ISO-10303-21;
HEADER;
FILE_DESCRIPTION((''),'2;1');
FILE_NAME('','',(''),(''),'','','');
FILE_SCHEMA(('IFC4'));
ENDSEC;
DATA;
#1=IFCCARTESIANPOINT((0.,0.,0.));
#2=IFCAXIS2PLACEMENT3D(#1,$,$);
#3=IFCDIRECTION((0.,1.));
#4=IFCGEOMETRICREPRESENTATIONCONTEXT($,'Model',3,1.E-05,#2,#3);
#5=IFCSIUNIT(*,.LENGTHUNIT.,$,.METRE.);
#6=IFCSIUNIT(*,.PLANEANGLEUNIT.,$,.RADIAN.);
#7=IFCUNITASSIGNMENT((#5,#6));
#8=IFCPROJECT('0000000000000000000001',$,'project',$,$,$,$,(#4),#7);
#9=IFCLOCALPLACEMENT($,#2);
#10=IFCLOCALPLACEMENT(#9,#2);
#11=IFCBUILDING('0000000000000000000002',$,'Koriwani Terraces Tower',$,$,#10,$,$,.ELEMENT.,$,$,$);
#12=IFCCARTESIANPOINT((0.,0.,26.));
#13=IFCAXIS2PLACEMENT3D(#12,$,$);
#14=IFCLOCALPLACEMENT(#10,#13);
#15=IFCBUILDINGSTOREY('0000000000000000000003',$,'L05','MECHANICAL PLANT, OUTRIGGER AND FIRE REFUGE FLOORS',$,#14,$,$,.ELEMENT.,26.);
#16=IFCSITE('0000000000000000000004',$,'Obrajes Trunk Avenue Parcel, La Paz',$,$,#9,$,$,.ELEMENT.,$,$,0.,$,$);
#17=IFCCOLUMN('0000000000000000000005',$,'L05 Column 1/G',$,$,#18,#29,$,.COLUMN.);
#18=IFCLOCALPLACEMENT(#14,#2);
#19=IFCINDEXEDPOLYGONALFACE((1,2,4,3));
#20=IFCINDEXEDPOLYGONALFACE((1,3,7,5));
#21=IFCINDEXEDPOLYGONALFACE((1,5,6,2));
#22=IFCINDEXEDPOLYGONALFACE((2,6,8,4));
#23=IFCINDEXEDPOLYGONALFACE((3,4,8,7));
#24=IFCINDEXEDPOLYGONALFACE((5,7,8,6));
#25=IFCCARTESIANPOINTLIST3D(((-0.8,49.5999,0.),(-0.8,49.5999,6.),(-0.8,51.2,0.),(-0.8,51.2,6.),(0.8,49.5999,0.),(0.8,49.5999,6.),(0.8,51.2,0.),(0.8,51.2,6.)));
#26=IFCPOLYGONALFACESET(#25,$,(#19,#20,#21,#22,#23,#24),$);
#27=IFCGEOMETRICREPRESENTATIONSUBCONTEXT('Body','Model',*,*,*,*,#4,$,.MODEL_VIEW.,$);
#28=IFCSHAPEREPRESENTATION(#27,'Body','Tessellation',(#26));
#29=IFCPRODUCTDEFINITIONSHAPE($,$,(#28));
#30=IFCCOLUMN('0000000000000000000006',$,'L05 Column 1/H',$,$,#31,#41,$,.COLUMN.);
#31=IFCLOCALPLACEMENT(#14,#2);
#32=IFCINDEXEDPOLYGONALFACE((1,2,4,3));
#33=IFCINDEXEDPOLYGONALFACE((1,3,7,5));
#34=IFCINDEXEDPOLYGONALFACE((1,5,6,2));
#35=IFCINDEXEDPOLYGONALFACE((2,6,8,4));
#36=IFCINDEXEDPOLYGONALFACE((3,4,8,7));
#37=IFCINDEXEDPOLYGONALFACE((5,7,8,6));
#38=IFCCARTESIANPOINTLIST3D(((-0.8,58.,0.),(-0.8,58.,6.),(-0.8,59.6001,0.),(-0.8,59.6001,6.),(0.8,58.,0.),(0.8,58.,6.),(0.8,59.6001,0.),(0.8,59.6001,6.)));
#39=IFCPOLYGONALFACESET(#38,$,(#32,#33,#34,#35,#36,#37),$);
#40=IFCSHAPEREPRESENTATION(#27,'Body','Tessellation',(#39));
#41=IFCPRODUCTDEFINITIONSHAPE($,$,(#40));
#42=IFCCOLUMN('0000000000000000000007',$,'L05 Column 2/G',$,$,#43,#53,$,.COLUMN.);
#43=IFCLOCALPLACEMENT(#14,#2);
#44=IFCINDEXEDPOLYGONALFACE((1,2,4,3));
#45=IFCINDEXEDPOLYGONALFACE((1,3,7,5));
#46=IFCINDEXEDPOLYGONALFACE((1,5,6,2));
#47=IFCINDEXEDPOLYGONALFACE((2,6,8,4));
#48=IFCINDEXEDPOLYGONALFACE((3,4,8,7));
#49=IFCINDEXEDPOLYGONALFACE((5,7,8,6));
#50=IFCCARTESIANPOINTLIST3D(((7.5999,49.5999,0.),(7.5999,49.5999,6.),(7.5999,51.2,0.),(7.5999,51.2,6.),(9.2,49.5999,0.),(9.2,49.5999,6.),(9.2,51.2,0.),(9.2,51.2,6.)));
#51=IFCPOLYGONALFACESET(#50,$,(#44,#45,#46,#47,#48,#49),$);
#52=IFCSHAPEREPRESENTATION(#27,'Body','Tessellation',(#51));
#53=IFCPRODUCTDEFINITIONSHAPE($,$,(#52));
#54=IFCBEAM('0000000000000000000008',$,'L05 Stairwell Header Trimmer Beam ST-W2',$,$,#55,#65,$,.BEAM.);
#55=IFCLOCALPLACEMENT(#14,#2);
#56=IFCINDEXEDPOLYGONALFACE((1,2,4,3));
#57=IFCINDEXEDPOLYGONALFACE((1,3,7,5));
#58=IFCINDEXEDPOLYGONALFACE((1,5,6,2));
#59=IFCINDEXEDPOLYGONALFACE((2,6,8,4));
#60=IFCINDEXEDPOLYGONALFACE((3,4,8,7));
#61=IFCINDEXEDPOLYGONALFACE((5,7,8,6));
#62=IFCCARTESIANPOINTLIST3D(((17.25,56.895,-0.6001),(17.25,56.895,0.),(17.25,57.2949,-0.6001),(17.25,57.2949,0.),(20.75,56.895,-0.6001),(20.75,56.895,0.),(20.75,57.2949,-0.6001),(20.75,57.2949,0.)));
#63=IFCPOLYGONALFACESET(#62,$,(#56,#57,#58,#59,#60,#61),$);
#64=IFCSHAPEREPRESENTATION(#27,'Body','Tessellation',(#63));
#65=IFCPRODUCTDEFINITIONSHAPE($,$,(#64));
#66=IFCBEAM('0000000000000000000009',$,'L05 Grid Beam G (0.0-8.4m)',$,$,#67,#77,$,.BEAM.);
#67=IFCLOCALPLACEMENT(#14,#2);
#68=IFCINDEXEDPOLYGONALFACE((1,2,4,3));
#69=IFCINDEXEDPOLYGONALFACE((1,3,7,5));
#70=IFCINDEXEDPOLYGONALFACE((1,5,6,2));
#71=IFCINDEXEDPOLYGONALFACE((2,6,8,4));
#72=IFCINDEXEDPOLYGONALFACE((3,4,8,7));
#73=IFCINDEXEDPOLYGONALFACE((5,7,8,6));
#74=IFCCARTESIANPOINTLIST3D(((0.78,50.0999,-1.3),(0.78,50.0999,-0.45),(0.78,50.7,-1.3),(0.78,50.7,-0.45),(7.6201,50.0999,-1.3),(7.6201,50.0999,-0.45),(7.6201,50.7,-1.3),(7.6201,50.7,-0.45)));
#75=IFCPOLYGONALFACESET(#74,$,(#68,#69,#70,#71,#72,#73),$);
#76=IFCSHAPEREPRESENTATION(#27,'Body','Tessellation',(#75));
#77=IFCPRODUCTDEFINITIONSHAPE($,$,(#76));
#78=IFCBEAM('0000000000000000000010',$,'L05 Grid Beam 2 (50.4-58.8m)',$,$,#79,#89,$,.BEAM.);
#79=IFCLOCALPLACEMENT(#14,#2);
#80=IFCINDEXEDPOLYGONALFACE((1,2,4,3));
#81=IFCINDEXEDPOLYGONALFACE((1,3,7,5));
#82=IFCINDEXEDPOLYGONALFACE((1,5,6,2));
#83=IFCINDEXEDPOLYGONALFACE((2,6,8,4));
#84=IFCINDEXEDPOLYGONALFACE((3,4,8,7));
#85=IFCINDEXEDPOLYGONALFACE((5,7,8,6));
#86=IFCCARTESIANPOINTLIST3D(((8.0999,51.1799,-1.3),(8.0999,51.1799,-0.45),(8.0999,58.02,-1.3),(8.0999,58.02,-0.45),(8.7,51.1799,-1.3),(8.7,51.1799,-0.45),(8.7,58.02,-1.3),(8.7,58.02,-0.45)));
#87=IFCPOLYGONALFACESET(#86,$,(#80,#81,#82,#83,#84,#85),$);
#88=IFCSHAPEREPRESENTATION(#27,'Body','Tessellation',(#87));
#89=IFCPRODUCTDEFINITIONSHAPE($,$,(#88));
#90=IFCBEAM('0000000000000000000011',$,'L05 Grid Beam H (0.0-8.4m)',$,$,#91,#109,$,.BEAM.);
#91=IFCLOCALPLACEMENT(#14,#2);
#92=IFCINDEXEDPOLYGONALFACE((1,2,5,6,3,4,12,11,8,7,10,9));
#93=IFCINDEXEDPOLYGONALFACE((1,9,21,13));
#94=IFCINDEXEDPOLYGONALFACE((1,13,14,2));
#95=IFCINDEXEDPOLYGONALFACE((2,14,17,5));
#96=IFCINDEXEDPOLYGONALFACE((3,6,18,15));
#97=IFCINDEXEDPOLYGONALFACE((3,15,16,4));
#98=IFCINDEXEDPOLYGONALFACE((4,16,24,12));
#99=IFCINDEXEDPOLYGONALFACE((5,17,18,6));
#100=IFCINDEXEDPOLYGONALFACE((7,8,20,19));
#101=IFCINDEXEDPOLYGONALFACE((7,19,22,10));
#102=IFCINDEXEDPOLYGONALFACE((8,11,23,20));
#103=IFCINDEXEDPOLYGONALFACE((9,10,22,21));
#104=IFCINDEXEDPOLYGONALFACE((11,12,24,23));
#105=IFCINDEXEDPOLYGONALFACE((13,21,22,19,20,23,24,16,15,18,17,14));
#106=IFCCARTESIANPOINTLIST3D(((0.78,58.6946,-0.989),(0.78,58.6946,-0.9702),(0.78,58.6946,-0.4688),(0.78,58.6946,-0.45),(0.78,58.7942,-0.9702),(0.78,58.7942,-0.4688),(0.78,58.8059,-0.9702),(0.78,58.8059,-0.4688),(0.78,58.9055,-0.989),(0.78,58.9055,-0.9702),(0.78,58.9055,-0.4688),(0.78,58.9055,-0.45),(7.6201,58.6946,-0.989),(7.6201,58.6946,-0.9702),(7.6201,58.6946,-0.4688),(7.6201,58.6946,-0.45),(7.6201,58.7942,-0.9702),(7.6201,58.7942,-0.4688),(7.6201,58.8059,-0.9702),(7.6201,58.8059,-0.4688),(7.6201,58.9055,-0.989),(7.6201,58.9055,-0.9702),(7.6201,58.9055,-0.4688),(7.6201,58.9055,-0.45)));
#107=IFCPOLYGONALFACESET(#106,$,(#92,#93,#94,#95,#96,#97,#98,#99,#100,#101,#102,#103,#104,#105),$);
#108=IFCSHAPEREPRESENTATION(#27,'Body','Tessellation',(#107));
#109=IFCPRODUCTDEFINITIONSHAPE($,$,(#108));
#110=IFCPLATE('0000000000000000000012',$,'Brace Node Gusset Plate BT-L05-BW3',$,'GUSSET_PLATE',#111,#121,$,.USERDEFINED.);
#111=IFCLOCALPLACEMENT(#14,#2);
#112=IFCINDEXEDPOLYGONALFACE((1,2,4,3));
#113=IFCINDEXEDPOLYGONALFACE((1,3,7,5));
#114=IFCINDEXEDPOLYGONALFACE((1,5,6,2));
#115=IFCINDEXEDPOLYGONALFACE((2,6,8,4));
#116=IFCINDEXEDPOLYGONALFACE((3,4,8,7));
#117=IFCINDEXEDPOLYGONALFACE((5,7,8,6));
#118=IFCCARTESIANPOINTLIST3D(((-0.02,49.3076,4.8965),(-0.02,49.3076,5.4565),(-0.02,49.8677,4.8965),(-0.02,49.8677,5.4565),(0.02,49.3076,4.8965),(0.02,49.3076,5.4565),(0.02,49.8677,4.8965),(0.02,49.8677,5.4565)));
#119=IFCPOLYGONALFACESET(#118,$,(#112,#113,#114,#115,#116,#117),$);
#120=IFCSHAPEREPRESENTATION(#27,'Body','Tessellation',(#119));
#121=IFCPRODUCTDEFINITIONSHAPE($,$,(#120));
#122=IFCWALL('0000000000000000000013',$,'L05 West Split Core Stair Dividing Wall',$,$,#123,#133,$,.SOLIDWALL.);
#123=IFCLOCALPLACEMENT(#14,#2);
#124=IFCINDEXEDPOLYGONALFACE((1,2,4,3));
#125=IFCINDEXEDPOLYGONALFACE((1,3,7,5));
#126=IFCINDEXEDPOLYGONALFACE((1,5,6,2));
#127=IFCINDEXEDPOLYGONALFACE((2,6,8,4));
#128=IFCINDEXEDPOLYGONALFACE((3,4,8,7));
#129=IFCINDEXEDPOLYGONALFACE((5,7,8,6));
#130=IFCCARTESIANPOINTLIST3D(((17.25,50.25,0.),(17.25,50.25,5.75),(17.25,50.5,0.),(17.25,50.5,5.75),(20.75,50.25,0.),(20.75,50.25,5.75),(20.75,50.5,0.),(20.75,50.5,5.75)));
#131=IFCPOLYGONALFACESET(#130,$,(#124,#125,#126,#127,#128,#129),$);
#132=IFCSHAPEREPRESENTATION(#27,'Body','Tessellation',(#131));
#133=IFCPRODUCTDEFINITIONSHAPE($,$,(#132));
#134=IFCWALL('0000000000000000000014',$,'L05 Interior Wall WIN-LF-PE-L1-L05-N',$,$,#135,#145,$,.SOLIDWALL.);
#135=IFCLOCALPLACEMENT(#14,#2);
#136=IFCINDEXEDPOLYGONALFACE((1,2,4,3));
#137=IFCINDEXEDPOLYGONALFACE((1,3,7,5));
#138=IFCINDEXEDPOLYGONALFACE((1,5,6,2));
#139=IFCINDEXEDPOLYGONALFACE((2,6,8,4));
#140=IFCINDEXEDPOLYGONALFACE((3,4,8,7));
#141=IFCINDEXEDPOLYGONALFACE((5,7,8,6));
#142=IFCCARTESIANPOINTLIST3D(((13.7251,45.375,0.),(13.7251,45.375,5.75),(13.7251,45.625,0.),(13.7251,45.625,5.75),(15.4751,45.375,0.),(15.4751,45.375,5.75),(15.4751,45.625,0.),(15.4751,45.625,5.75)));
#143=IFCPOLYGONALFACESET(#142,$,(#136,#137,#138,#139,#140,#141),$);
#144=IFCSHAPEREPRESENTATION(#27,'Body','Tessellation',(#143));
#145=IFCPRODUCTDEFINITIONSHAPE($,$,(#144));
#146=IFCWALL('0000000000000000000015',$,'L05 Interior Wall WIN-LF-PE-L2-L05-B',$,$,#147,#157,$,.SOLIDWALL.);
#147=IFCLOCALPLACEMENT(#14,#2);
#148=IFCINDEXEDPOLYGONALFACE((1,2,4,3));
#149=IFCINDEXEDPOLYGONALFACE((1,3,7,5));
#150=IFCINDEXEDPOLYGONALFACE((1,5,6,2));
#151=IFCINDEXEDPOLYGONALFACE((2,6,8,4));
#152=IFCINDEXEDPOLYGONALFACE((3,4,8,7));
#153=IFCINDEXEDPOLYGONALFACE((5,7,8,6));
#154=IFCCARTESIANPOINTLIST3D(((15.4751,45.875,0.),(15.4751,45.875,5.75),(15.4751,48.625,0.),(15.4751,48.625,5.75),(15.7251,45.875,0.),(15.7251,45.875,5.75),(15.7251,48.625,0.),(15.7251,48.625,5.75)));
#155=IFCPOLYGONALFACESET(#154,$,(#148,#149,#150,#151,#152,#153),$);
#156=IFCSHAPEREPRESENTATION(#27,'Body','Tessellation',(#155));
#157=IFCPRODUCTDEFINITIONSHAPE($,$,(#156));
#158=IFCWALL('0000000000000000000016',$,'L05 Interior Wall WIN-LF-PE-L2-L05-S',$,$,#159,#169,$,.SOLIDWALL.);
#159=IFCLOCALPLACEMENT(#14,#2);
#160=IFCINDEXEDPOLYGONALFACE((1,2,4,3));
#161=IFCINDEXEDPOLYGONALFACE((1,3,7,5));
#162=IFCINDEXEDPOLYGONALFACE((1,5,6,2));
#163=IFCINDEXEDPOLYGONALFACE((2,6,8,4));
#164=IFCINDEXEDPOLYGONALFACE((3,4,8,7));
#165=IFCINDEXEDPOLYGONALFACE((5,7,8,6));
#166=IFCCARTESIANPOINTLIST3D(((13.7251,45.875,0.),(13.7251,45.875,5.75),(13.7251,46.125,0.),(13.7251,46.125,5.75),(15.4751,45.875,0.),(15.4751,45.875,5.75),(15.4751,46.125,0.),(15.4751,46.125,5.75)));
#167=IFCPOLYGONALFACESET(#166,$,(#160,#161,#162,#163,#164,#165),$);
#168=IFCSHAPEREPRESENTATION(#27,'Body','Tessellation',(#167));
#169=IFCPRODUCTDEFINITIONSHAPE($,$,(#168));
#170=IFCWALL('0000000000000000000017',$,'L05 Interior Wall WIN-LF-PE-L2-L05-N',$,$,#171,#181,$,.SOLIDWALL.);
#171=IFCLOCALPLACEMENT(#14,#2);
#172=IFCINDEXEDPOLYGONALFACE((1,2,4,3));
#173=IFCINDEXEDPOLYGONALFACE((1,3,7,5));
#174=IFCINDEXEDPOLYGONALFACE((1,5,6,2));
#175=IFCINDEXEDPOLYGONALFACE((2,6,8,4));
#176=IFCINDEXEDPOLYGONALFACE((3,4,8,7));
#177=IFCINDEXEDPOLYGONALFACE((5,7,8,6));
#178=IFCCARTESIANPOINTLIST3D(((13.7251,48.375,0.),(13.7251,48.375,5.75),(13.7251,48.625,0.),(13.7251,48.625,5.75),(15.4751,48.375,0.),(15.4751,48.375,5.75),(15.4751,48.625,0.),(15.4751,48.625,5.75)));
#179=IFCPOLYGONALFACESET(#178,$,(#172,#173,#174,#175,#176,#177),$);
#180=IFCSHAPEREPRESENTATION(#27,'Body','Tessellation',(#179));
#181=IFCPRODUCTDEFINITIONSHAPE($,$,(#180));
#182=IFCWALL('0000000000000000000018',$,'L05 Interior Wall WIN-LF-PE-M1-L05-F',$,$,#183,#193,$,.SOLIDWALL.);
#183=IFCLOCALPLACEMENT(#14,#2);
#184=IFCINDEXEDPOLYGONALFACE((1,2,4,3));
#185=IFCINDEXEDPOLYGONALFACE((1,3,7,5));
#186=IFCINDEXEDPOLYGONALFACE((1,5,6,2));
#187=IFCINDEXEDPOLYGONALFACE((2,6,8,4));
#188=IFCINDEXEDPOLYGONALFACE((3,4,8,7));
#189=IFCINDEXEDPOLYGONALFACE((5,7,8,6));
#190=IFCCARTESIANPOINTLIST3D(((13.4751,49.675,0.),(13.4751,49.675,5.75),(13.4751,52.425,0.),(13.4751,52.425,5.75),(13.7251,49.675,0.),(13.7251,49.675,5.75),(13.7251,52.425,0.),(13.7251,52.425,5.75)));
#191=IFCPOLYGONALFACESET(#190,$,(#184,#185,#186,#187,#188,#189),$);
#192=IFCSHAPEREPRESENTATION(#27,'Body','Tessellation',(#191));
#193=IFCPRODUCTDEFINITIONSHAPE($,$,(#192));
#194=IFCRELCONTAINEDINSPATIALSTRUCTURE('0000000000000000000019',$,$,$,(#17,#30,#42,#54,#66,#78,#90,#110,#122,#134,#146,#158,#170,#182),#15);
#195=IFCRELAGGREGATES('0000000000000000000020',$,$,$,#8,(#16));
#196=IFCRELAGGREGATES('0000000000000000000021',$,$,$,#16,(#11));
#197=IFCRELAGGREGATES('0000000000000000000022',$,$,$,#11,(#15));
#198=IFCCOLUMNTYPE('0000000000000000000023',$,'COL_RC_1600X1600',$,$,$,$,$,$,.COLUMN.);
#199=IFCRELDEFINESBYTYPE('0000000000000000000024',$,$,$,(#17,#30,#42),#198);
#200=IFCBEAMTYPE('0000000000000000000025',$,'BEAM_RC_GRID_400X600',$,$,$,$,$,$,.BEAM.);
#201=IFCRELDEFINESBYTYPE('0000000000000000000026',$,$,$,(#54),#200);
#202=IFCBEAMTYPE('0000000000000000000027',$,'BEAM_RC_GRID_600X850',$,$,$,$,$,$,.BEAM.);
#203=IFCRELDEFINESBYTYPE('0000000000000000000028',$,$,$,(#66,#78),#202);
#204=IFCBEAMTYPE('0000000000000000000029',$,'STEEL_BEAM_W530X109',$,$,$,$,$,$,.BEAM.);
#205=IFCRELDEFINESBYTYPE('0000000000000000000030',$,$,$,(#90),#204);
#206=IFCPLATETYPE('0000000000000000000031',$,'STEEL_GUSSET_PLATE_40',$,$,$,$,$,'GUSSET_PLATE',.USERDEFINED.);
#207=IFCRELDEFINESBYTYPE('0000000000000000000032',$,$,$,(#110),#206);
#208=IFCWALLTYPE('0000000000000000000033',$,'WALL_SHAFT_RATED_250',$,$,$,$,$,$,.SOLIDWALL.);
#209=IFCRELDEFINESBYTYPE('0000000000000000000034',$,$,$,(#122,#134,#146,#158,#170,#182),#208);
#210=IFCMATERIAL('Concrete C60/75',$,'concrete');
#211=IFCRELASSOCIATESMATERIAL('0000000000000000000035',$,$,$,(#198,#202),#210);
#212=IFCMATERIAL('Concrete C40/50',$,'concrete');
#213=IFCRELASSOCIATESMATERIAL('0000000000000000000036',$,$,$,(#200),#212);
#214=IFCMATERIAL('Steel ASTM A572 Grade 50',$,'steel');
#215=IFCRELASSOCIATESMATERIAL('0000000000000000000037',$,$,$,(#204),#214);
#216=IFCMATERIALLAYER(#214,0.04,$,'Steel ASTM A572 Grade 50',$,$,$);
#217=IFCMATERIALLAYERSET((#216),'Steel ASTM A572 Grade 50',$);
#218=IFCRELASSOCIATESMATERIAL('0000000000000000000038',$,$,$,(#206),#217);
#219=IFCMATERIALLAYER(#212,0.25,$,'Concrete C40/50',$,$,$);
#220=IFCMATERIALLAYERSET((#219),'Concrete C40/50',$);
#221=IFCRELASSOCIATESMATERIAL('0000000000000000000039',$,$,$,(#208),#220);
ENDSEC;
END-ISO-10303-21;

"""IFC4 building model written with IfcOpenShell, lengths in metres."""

from ifc_helpers import new_model, si_unit, direction, frame, frame_2d, origin, origin_2d, place, context, subcontext, project, spatial, rectangle, i_section, extrude, material, layer, layer_set, material_profile, profile_set, type_object, element, save


model = new_model("IFC4")

# Units and contexts
model_context = context("Model", 3, precision=1e-05, world=origin(), true_north=direction((0.0, 1.0)))
body_context = subcontext(model_context, "Body", "Model", "MODEL_VIEW")
ifc_project = project(units=[si_unit("LENGTHUNIT", "METRE"), si_unit("PLANEANGLEUNIT", "RADIAN")], contexts=[model_context])

# Site, building, storey
site_placement = place(None, origin())
site = spatial("IfcSite", under=ifc_project, at=site_placement, Name="Obrajes Trunk Avenue Parcel, La Paz", CompositionType="ELEMENT", RefElevation=0.0)
building_placement = place(site_placement, origin())
building = spatial("IfcBuilding", under=site, at=building_placement, Name="Koriwani Terraces Tower", CompositionType="ELEMENT")
storey_placement = place(building_placement, frame((0.0, 0.0, 26.0)))
storey = spatial("IfcBuildingStorey", under=building, at=storey_placement, Name="L05", Description="MECHANICAL PLANT, OUTRIGGER AND FIRE REFUGE FLOORS", CompositionType="ELEMENT", Elevation=26.0)

# Columns
ifc_material_1 = material(Name="Concrete C60/75", Category="concrete")
ifc_material_profile_1 = material_profile(ifc_material_1, rectangle(XDim=1.6001, YDim=1.6001, at=origin_2d()), Name="Concrete C60/75", Category="LoadBearing")
ifc_profile_set_1 = profile_set([ifc_material_profile_1], Name="Concrete C60/75")
column_type = type_object("IfcColumnType", Name="COL_RC_1600X1600", PredefinedType="COLUMN", material=ifc_profile_set_1)
for number, where, z_axis, x_axis, name in (
    (1, (0.0, 50.3999, 0.0), (0.0, 0.0, 1.0), (1.0, 0.0, 0.0), "L05 Column 1/G"),
    (2, (0.0, 58.8, 0.0), (0.0, 0.0, 1.0), (1.0, 0.0, 0.0), "L05 Column 1/H"),
    (3, (8.3999, 50.3999, 0.0), (0.0, 0.0, 1.0), (1.0, 0.0, 0.0), "L05 Column 2/G"),
):
    element("IfcColumn", number, at=place(storey_placement, frame(where, z_axis=z_axis, x_axis=x_axis)), inside=storey, type_object=column_type, Name=name, PredefinedType="COLUMN", context=body_context, shape_type="SweptSolid", body=[
        extrude(rectangle(XDim=1.6001, YDim=1.6001, at=origin_2d()), origin(), (0.0, 0.0, 1.0), 6.0),
    ])

# Beams
ifc_material_2 = material(Name="Concrete C40/50", Category="concrete")
ifc_material_profile_2 = material_profile(ifc_material_2, rectangle(XDim=0.3999, YDim=0.6001, at=origin_2d()), Name="Concrete C40/50", Category="LoadBearing")
ifc_profile_set_2 = profile_set([ifc_material_profile_2], Name="Concrete C40/50")
beam_type_1 = type_object("IfcBeamType", Name="BEAM_RC_GRID_400X600", PredefinedType="BEAM", material=ifc_profile_set_2)
beam_1_placement = place(storey_placement, frame((17.25, 57.095, -0.3), z_axis=(1.0, 0.0, 0.0), x_axis=(0.0, 1.0, 0.0)))
element("IfcBeam", 4, at=beam_1_placement, inside=storey, type_object=beam_type_1, Name="L05 Stairwell Header Trimmer Beam ST-W2", PredefinedType="BEAM", context=body_context, shape_type="SweptSolid", body=[
    extrude(rectangle(XDim=0.3999, YDim=0.6001, at=origin_2d()), origin(), (0.0, 0.0, 1.0), 3.5),
])
ifc_material_profile_3 = material_profile(ifc_material_1, rectangle(XDim=0.6001, YDim=0.8501, at=origin_2d()), Name="Concrete C60/75", Category="LoadBearing")
ifc_profile_set_3 = profile_set([ifc_material_profile_3], Name="Concrete C60/75")
beam_type_2 = type_object("IfcBeamType", Name="BEAM_RC_GRID_600X850", PredefinedType="BEAM", material=ifc_profile_set_3)
for number, where, z_axis, x_axis, name in (
    (5, (0.78, 50.3999, -0.875), (1.0, 0.0, 0.0), (0.0, 1.0, 0.0), "L05 Grid Beam G (0.0-8.4m)"),
    (6, (8.3999, 51.1799, -0.875), (0.0, 1.0, 0.0), (-1.0, 0.0, 0.0), "L05 Grid Beam 2 (50.4-58.8m)"),
):
    element("IfcBeam", number, at=place(storey_placement, frame(where, z_axis=z_axis, x_axis=x_axis)), inside=storey, type_object=beam_type_2, Name=name, PredefinedType="BEAM", context=body_context, shape_type="SweptSolid", body=[
        extrude(rectangle(XDim=0.6001, YDim=0.8501, at=origin_2d()), origin(), (0.0, 0.0, 1.0), 6.8401),
    ])
ifc_material_3 = material(Name="Steel ASTM A572 Grade 50", Category="steel")
ifc_material_profile_4 = material_profile(ifc_material_3, i_section(OverallWidth=0.2109, OverallDepth=0.5391, WebThickness=0.0117, FlangeThickness=0.0188, at=origin_2d()), Name="Steel ASTM A572 Grade 50", Category="LoadBearing")
ifc_profile_set_4 = profile_set([ifc_material_profile_4], Name="Steel ASTM A572 Grade 50")
beam_type_3 = type_object("IfcBeamType", Name="STEEL_BEAM_W530X109", PredefinedType="BEAM", material=ifc_profile_set_4)
beam_2_placement = place(storey_placement, frame((0.78, 58.8, -0.7195), z_axis=(1.0, 0.0, 0.0), x_axis=(0.0, 1.0, 0.0)))
element("IfcBeam", 7, at=beam_2_placement, inside=storey, type_object=beam_type_3, Name="L05 Grid Beam H (0.0-8.4m)", PredefinedType="BEAM", context=body_context, shape_type="SweptSolid", body=[
    extrude(i_section(OverallWidth=0.2109, OverallDepth=0.5391, WebThickness=0.0117, FlangeThickness=0.0188, at=origin_2d()), origin(), (0.0, 0.0, 1.0), 6.8401),
])

# Plate
ifc_layer_1 = layer(ifc_material_3, 0.04, Name="Steel ASTM A572 Grade 50")
ifc_layer_set_1 = layer_set([ifc_layer_1], Name="Steel ASTM A572 Grade 50")
plate_type = type_object("IfcPlateType", Name="STEEL_GUSSET_PLATE_40", ElementType="GUSSET_PLATE", PredefinedType="USERDEFINED", material=ifc_layer_set_1)
plate_placement = place(storey_placement, frame((0.0, 49.5876, 4.8965), z_axis=(0.0, 0.0, 1.0), x_axis=(0.0, 1.0, 0.0)))
element("IfcPlate", 8, at=plate_placement, inside=storey, type_object=plate_type, Name="Brace Node Gusset Plate BT-L05-BW3", ObjectType="GUSSET_PLATE", PredefinedType="USERDEFINED", context=body_context, shape_type="SweptSolid", body=[
    extrude(rectangle(XDim=0.5601, YDim=0.04, at=origin_2d()), origin(), (0.0, 0.0, 1.0), 0.5601),
])

# Wall
ifc_layer_2 = layer(ifc_material_2, 0.25, Name="Concrete C40/50")
ifc_layer_set_2 = layer_set([ifc_layer_2], Name="Concrete C40/50")
wall_type = type_object("IfcWallType", Name="WALL_SHAFT_RATED_250", PredefinedType="SOLIDWALL", material=ifc_layer_set_2)
wall_1_placement = place(storey_placement, frame((17.25, 50.375, 0.0), z_axis=(0.0, 0.0, 1.0), x_axis=(1.0, 0.0, 0.0)))
element("IfcWall", 9, at=wall_1_placement, inside=storey, type_object=wall_type, Name="L05 West Split Core Stair Dividing Wall", PredefinedType="SOLIDWALL", context=body_context, shape_type="SweptSolid", body=[
    extrude(rectangle(XDim=3.5, YDim=0.25, at=frame_2d((1.75, 0.0))), origin(), (0.0, 0.0, 1.0), 5.75),
])

# Wall
wall_2_placement = place(storey_placement, frame((13.7251, 45.5, 0.0), z_axis=(0.0, 0.0, 1.0), x_axis=(1.0, 0.0, 0.0)))
element("IfcWall", 10, at=wall_2_placement, inside=storey, type_object=wall_type, Name="L05 Interior Wall WIN-LF-PE-L1-L05-N", PredefinedType="SOLIDWALL", context=body_context, shape_type="SweptSolid", body=[
    extrude(rectangle(XDim=1.75, YDim=0.25, at=frame_2d((0.875, 0.0))), origin(), (0.0, 0.0, 1.0), 5.75),
])

# Walls
wall_3_placement = place(storey_placement, frame((15.6001, 45.875, 0.0), z_axis=(0.0, 0.0, 1.0), x_axis=(0.0, 1.0, 0.0)))
element("IfcWall", 11, at=wall_3_placement, inside=storey, type_object=wall_type, Name="L05 Interior Wall WIN-LF-PE-L2-L05-B", PredefinedType="SOLIDWALL", context=body_context, shape_type="SweptSolid", body=[
    extrude(rectangle(XDim=2.75, YDim=0.25, at=frame_2d((1.375, 0.0))), origin(), (0.0, 0.0, 1.0), 5.75),
])
for number, where, z_axis, x_axis, name in (
    (12, (13.7251, 46.0, 0.0), (0.0, 0.0, 1.0), (1.0, 0.0, 0.0), "L05 Interior Wall WIN-LF-PE-L2-L05-S"),
    (13, (13.7251, 48.5, 0.0), (0.0, 0.0, 1.0), (1.0, 0.0, 0.0), "L05 Interior Wall WIN-LF-PE-L2-L05-N"),
):
    element("IfcWall", number, at=place(storey_placement, frame(where, z_axis=z_axis, x_axis=x_axis)), inside=storey, type_object=wall_type, Name=name, PredefinedType="SOLIDWALL", context=body_context, shape_type="SweptSolid", body=[
        extrude(rectangle(XDim=1.75, YDim=0.25, at=frame_2d((0.875, 0.0))), origin(), (0.0, 0.0, 1.0), 5.75),
    ])
for number, where, z_axis, x_axis, name in (
    (14, (13.6001, 49.675, 0.0), (0.0, 0.0, 1.0), (0.0, 1.0, 0.0), "L05 Interior Wall WIN-LF-PE-M1-L05-F"),
):
    element("IfcWall", number, at=place(storey_placement, frame(where, z_axis=z_axis, x_axis=x_axis)), inside=storey, type_object=wall_type, Name=name, PredefinedType="SOLIDWALL", context=body_context, shape_type="SweptSolid", body=[
        extrude(rectangle(XDim=2.75, YDim=0.25, at=frame_2d((1.375, 0.0))), origin(), (0.0, 0.0, 1.0), 5.75),
    ])

save(model, "model.ifc")
